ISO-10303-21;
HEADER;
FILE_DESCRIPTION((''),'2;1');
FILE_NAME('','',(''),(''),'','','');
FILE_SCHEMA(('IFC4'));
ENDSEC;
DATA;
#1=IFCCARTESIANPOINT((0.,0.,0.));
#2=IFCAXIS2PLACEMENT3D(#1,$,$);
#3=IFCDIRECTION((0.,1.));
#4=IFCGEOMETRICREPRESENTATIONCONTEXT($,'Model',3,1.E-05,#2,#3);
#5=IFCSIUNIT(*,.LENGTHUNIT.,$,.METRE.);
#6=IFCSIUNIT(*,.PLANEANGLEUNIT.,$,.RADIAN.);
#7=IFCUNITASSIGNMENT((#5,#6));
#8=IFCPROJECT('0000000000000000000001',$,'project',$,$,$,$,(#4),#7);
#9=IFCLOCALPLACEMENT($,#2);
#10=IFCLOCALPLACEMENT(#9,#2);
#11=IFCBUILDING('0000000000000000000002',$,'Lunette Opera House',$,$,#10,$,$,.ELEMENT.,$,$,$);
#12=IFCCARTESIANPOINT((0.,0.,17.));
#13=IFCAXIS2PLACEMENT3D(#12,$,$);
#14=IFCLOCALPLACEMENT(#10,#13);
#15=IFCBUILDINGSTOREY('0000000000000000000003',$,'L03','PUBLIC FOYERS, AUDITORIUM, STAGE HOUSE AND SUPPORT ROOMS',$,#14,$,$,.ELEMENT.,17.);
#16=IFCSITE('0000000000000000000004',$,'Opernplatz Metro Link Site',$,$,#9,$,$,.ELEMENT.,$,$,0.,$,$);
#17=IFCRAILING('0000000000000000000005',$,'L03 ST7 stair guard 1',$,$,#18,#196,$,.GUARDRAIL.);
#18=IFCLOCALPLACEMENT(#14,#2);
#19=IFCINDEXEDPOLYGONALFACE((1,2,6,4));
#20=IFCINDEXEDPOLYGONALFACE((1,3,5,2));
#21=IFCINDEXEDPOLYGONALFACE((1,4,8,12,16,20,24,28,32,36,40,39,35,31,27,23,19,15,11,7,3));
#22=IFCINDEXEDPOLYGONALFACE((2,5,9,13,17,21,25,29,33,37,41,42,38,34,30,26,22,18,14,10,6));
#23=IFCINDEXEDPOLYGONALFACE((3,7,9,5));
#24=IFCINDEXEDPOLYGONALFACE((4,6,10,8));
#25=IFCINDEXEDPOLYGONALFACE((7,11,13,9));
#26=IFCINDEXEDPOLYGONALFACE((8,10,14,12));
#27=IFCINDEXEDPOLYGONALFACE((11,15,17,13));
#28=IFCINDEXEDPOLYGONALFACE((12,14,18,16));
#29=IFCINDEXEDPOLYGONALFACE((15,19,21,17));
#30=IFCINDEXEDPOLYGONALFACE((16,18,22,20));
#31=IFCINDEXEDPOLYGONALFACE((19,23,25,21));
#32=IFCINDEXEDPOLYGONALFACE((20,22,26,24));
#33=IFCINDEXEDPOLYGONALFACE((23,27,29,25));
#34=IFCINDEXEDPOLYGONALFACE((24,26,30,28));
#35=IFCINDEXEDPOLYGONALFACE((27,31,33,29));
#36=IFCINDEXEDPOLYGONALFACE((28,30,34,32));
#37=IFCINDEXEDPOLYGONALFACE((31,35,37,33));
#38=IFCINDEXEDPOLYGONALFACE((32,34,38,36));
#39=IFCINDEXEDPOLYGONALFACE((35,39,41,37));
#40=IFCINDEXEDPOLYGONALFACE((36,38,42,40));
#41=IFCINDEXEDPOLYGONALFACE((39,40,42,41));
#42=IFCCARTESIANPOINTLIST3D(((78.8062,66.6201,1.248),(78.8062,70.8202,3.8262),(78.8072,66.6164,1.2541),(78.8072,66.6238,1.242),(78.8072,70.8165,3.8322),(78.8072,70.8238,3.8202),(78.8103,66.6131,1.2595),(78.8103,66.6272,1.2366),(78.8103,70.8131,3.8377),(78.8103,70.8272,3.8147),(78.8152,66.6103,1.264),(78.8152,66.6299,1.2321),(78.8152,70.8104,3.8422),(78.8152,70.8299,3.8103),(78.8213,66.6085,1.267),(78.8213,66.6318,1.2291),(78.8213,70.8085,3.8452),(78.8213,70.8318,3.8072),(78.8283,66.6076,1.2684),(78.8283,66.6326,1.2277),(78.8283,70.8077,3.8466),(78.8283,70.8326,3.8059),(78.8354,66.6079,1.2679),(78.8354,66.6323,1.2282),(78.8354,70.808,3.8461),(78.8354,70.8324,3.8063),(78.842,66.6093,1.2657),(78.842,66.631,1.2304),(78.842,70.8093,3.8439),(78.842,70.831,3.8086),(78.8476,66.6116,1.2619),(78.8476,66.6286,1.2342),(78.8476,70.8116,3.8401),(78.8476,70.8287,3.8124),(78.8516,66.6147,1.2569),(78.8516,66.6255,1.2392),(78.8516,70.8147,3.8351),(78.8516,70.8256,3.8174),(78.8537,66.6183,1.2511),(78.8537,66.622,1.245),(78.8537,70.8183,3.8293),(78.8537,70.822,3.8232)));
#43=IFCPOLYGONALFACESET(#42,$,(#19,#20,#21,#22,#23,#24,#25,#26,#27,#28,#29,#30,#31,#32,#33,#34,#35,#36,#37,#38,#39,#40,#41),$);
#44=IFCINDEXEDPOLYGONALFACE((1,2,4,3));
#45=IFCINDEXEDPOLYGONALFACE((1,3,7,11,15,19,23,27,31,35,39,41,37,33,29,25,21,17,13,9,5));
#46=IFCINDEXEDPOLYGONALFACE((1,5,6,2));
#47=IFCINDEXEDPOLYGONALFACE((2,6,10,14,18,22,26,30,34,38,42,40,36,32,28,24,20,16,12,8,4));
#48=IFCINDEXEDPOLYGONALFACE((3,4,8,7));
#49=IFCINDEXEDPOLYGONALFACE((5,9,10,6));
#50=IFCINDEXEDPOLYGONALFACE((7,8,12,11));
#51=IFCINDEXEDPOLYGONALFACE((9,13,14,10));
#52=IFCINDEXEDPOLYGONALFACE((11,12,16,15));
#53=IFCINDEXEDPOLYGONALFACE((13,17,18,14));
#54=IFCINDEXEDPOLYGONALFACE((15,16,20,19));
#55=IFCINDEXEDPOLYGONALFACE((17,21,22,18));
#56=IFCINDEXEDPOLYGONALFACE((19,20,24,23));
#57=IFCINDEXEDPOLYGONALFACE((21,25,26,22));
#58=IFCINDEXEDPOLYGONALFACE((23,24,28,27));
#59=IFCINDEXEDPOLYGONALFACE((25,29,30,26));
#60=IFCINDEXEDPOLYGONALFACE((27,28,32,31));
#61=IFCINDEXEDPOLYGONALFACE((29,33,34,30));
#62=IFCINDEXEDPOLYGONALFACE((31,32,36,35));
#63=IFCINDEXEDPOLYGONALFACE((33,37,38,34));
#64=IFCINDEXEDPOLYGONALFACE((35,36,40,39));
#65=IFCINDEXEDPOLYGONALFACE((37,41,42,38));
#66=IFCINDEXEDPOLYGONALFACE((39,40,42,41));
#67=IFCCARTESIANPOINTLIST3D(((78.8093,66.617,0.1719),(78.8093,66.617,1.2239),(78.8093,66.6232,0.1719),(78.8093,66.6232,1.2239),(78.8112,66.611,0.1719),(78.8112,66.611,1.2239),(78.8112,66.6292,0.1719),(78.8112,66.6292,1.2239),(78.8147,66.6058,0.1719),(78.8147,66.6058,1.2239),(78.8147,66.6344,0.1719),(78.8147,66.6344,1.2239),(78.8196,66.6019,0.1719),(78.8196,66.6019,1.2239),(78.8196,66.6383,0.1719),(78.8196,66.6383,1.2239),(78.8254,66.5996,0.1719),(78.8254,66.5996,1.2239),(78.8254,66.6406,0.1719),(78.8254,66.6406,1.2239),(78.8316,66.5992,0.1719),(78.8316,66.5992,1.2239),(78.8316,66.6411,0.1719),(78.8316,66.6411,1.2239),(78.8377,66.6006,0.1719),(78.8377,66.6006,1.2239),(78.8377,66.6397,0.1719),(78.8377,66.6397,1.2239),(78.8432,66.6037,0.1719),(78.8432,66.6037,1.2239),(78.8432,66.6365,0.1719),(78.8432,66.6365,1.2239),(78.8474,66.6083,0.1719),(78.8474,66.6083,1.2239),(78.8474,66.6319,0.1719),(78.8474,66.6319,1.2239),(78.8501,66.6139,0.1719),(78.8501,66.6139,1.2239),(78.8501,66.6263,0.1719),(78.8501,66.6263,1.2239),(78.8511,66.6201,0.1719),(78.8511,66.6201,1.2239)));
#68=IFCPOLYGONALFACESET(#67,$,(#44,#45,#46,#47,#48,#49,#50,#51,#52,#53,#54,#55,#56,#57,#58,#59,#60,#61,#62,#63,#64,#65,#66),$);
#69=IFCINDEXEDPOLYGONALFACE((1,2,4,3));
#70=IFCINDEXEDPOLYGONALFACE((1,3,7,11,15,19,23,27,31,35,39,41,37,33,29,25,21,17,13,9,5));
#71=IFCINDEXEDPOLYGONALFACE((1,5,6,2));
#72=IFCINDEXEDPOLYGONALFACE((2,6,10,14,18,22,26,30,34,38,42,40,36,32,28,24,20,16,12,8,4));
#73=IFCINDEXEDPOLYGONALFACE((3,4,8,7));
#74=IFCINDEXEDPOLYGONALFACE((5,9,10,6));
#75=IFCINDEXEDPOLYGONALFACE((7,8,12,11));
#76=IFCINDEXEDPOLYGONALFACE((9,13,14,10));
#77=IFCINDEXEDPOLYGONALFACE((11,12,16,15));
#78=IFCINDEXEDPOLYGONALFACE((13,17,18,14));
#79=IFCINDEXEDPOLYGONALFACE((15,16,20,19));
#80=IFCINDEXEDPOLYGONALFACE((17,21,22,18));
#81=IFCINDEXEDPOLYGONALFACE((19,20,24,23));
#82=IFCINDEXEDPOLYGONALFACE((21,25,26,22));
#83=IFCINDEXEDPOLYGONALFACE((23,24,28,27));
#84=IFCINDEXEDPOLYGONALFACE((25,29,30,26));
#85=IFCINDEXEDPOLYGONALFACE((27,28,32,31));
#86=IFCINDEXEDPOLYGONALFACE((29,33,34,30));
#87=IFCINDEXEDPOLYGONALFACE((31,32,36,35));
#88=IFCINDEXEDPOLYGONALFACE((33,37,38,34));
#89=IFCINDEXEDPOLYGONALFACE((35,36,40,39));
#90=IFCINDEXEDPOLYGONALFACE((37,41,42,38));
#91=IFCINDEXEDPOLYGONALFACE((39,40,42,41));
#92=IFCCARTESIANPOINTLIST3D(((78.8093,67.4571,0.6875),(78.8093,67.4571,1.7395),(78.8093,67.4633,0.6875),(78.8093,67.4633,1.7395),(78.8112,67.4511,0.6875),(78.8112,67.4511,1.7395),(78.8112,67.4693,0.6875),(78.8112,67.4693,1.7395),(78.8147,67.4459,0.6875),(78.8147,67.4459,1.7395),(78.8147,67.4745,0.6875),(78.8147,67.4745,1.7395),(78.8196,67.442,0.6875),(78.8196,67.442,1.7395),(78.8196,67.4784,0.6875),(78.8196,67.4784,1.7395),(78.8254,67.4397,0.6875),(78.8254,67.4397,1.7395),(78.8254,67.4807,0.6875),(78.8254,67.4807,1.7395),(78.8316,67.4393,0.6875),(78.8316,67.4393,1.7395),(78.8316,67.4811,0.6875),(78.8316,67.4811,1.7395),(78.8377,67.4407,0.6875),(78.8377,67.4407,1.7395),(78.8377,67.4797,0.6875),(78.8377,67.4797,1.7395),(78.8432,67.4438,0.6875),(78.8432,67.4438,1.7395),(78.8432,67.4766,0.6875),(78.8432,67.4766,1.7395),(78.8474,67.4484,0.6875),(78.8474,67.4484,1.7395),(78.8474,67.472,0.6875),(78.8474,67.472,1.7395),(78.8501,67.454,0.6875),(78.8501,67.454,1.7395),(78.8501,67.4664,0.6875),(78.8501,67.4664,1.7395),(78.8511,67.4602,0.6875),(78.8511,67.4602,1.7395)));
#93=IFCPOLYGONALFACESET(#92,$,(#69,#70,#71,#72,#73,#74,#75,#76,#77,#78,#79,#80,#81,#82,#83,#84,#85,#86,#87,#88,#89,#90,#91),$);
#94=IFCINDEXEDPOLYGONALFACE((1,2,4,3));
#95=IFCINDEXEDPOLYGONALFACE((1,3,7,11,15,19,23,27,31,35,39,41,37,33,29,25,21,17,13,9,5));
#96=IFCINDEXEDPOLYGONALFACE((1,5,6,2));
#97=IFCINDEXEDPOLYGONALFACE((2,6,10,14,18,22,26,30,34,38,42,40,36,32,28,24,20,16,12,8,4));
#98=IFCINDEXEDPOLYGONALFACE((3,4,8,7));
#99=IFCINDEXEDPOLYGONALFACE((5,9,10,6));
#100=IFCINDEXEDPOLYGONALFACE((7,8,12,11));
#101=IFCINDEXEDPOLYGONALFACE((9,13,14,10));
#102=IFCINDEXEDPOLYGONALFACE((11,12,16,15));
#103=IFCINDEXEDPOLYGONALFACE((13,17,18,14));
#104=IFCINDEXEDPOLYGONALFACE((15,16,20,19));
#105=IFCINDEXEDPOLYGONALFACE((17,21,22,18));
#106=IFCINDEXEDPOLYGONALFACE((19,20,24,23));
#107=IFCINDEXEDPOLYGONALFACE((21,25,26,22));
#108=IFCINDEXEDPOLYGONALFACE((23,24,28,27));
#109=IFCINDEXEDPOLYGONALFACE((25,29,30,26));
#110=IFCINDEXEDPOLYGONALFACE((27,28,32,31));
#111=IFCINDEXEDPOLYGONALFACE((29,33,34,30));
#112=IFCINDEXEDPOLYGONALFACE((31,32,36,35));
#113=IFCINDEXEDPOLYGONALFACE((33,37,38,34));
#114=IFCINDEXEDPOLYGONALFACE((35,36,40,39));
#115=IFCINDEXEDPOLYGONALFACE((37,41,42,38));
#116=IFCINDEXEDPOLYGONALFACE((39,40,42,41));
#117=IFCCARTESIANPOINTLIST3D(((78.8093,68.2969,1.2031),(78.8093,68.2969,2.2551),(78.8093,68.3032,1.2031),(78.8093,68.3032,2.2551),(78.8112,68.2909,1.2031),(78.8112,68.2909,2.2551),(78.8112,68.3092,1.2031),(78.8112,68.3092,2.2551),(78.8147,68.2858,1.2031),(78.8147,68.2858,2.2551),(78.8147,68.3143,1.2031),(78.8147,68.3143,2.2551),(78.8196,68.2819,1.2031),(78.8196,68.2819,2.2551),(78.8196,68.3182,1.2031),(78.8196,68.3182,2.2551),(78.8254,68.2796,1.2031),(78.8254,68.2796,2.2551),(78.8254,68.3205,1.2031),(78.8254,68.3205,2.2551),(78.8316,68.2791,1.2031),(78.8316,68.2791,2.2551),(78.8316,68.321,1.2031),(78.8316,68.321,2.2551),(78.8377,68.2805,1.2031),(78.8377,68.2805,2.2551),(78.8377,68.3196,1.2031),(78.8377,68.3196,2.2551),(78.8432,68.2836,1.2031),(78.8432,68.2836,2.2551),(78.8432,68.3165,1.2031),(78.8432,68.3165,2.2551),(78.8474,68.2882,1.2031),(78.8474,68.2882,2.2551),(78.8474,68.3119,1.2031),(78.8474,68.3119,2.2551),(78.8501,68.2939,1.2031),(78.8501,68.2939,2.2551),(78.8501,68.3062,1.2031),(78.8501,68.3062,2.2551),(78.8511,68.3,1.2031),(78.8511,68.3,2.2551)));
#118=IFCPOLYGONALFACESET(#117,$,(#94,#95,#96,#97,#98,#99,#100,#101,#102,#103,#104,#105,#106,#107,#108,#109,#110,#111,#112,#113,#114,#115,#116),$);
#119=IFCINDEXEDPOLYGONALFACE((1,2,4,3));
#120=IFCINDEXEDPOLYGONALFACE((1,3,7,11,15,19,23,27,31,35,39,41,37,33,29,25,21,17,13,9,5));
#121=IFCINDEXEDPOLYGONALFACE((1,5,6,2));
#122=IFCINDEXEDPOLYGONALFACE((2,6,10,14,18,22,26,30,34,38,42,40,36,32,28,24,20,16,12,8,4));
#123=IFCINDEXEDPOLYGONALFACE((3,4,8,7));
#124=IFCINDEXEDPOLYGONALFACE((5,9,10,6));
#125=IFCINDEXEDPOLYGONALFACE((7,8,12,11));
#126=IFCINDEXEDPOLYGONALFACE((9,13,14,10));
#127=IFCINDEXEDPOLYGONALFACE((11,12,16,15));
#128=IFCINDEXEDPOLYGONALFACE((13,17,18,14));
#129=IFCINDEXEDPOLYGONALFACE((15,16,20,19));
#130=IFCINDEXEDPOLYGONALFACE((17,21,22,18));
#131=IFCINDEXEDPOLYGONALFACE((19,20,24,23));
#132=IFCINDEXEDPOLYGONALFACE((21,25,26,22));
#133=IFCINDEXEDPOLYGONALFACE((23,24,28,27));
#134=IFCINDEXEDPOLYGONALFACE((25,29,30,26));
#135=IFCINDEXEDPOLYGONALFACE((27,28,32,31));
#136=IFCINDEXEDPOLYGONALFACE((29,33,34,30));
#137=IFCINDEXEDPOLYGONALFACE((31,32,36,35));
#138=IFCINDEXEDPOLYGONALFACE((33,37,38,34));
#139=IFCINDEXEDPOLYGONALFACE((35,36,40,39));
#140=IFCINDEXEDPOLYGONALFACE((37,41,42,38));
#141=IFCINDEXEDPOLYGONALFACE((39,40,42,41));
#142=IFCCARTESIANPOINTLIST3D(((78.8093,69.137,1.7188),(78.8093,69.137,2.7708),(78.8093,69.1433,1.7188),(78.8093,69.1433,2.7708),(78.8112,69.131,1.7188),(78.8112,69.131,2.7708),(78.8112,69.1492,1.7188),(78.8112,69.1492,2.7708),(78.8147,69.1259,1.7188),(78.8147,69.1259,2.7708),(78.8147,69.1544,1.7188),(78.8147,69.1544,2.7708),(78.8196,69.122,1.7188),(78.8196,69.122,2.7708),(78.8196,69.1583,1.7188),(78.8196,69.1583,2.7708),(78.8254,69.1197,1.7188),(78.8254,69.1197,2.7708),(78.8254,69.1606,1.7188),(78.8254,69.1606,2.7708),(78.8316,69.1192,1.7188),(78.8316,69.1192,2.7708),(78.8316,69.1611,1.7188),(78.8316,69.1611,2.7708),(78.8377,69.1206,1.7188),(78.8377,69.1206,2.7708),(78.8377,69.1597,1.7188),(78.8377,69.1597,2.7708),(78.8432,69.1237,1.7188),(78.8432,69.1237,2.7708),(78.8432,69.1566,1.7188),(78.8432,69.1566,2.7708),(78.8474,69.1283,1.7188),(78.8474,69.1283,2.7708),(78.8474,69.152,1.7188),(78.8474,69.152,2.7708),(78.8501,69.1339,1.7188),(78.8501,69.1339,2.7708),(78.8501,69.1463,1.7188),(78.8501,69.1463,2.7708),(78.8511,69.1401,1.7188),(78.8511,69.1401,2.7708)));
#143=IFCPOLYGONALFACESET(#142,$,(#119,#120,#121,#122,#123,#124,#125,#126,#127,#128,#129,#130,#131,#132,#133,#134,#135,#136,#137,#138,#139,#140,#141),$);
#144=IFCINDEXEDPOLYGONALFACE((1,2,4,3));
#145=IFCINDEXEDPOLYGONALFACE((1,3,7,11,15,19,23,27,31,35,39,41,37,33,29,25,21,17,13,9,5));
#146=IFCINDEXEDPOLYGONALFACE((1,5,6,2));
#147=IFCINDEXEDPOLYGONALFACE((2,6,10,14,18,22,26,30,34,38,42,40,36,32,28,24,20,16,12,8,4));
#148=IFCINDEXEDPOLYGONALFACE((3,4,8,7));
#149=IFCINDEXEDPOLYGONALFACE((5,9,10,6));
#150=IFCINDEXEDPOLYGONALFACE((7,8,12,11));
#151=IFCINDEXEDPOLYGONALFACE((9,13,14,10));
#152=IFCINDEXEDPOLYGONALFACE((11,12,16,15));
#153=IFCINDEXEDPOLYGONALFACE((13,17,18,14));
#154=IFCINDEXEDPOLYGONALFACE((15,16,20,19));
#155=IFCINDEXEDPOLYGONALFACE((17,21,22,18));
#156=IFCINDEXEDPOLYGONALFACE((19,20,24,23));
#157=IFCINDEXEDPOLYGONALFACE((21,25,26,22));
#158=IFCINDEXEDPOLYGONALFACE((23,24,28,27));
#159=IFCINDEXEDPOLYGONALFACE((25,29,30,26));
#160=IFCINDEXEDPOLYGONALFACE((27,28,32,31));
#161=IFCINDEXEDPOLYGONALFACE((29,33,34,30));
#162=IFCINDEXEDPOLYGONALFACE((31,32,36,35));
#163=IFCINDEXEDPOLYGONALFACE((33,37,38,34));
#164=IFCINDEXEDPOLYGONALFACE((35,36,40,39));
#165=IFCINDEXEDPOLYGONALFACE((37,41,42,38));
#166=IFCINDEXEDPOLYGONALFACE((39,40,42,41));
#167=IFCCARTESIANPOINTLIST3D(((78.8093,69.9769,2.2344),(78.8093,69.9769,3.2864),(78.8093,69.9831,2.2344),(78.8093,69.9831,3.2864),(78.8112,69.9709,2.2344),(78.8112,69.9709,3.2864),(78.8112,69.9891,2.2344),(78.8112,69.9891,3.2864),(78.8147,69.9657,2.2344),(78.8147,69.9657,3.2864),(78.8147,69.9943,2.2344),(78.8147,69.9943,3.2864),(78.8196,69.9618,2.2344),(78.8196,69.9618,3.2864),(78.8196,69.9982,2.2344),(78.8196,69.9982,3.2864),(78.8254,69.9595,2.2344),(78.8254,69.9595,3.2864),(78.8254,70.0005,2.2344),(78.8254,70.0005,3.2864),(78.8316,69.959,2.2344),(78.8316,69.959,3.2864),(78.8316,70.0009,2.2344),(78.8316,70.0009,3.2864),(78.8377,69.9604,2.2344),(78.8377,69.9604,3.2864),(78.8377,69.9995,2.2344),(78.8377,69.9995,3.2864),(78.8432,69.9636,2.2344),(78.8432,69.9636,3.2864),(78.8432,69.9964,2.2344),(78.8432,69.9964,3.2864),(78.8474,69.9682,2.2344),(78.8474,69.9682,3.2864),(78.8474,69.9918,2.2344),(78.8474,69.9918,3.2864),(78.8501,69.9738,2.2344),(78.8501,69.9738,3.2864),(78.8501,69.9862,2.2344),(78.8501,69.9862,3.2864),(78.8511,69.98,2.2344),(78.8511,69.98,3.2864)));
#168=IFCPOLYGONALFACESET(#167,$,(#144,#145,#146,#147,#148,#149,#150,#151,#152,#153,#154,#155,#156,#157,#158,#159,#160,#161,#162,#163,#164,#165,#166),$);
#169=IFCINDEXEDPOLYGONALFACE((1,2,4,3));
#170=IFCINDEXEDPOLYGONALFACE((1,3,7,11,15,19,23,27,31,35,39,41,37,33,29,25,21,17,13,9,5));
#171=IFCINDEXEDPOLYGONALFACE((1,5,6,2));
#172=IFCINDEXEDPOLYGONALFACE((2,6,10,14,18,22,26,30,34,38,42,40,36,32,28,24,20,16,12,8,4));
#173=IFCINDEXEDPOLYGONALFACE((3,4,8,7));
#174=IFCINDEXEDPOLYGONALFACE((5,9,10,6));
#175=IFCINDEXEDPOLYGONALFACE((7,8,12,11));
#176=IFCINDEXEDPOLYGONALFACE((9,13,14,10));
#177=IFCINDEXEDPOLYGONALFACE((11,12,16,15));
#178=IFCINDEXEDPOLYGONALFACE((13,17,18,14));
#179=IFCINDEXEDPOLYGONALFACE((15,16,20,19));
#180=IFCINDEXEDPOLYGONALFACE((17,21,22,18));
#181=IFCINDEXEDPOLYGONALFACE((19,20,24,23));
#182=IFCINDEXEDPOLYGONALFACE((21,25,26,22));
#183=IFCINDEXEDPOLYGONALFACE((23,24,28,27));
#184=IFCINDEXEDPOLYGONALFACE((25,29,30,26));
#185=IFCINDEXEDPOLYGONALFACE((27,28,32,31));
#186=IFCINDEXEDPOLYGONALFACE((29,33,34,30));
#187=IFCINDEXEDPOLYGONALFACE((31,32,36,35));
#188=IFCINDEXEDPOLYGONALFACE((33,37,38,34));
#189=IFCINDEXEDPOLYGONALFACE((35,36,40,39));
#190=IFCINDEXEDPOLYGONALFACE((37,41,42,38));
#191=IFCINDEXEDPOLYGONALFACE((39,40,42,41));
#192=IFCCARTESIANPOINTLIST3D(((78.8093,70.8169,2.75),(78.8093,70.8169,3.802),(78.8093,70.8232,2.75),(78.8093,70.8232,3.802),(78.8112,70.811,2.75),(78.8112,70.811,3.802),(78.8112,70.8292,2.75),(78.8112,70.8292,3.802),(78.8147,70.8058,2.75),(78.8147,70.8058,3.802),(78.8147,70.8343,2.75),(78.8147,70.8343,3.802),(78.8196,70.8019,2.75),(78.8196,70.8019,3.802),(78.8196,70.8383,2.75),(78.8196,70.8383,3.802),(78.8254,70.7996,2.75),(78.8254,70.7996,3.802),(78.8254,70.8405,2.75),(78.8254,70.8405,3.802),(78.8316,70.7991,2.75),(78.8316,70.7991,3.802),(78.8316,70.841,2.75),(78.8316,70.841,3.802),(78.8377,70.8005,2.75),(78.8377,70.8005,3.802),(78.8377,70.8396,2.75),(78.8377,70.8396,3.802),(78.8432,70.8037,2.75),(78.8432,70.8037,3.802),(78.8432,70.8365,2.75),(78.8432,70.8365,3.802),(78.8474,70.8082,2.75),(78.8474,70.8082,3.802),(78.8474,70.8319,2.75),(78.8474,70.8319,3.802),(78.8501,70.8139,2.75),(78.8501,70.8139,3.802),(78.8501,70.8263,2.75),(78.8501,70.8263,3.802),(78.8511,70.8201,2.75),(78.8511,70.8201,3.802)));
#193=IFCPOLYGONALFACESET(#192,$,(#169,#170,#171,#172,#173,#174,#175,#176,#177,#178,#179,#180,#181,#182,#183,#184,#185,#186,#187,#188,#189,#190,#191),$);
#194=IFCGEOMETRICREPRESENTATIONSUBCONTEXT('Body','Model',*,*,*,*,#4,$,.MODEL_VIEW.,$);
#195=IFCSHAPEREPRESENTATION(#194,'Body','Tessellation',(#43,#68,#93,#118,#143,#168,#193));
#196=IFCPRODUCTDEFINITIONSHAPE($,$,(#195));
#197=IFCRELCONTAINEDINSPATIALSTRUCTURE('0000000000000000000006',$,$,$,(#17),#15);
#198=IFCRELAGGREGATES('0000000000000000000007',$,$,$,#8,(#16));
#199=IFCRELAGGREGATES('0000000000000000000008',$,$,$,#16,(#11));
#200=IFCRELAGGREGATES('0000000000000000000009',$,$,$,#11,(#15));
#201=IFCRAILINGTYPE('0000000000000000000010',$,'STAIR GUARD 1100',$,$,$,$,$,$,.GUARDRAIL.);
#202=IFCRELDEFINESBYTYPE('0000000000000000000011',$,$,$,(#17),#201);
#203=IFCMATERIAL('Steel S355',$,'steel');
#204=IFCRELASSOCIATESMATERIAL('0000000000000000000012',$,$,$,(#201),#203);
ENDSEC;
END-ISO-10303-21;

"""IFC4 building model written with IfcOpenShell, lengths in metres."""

from ifc_helpers import new_model, si_unit, direction, frame, origin, origin_2d, place, context, subcontext, project, spatial, circle, extrude, material, type_object, element, save


model = new_model("IFC4")

# Units and contexts
model_context = context("Model", 3, precision=1e-05, world=origin(), true_north=direction((0.0, 1.0)))
body_context = subcontext(model_context, "Body", "Model", "MODEL_VIEW")
ifc_project = project(units=[si_unit("LENGTHUNIT", "METRE"), si_unit("PLANEANGLEUNIT", "RADIAN")], contexts=[model_context])

# Site, building, storey
site_placement = place(None, origin())
site = spatial("IfcSite", under=ifc_project, at=site_placement, Name="Opernplatz Metro Link Site", CompositionType="ELEMENT", RefElevation=0.0)
building_placement = place(site_placement, origin())
building = spatial("IfcBuilding", under=site, at=building_placement, Name="Lunette Opera House", CompositionType="ELEMENT")
storey_placement = place(building_placement, frame((0.0, 0.0, 17.0)))
storey = spatial("IfcBuildingStorey", under=building, at=storey_placement, Name="L03", Description="PUBLIC FOYERS, AUDITORIUM, STAGE HOUSE AND SUPPORT ROOMS", CompositionType="ELEMENT", Elevation=17.0)

# Railing
ifc_material_1 = material(Name="Steel S355", Category="steel")
railing_type = type_object("IfcRailingType", Name="STAIR GUARD 1100", PredefinedType="GUARDRAIL", material=ifc_material_1)
railing_1_placement = place(storey_placement, frame((78.8301, 66.6201, 0.1719)))
element("IfcRailing", 1, at=railing_1_placement, inside=storey, type_object=railing_type, Name="L03 ST7 stair guard 1", PredefinedType="GUARDRAIL", context=body_context, shape_type="SweptSolid", body=[
    extrude(circle(Radius=0.0239, at=origin_2d()), frame((0.0, 0.0, 1.0762), z_axis=(0.0, 0.852243, 0.523146), x_axis=(-1.0, 0.0, 0.0)), (0.0, 0.0, 1.0), 4.9282),
    extrude(circle(Radius=0.021, at=origin_2d()), origin(), (0.0, 0.0, 1.0), 1.052),
    extrude(circle(Radius=0.021, at=origin_2d()), frame((0.0, 0.8401, 0.5156)), (0.0, 0.0, 1.0), 1.052),
    extrude(circle(Radius=0.021, at=origin_2d()), frame((0.0, 1.6799, 1.0312)), (0.0, 0.0, 1.0), 1.052),
    extrude(circle(Radius=0.021, at=origin_2d()), frame((0.0, 2.52, 1.5469)), (0.0, 0.0, 1.0), 1.052),
    extrude(circle(Radius=0.021, at=origin_2d()), frame((0.0, 3.3599, 2.0625)), (0.0, 0.0, 1.0), 1.052),
    extrude(circle(Radius=0.021, at=origin_2d()), frame((0.0, 4.2, 2.5781)), (0.0, 0.0, 1.0), 1.052),
])

save(model, "model.ifc")
